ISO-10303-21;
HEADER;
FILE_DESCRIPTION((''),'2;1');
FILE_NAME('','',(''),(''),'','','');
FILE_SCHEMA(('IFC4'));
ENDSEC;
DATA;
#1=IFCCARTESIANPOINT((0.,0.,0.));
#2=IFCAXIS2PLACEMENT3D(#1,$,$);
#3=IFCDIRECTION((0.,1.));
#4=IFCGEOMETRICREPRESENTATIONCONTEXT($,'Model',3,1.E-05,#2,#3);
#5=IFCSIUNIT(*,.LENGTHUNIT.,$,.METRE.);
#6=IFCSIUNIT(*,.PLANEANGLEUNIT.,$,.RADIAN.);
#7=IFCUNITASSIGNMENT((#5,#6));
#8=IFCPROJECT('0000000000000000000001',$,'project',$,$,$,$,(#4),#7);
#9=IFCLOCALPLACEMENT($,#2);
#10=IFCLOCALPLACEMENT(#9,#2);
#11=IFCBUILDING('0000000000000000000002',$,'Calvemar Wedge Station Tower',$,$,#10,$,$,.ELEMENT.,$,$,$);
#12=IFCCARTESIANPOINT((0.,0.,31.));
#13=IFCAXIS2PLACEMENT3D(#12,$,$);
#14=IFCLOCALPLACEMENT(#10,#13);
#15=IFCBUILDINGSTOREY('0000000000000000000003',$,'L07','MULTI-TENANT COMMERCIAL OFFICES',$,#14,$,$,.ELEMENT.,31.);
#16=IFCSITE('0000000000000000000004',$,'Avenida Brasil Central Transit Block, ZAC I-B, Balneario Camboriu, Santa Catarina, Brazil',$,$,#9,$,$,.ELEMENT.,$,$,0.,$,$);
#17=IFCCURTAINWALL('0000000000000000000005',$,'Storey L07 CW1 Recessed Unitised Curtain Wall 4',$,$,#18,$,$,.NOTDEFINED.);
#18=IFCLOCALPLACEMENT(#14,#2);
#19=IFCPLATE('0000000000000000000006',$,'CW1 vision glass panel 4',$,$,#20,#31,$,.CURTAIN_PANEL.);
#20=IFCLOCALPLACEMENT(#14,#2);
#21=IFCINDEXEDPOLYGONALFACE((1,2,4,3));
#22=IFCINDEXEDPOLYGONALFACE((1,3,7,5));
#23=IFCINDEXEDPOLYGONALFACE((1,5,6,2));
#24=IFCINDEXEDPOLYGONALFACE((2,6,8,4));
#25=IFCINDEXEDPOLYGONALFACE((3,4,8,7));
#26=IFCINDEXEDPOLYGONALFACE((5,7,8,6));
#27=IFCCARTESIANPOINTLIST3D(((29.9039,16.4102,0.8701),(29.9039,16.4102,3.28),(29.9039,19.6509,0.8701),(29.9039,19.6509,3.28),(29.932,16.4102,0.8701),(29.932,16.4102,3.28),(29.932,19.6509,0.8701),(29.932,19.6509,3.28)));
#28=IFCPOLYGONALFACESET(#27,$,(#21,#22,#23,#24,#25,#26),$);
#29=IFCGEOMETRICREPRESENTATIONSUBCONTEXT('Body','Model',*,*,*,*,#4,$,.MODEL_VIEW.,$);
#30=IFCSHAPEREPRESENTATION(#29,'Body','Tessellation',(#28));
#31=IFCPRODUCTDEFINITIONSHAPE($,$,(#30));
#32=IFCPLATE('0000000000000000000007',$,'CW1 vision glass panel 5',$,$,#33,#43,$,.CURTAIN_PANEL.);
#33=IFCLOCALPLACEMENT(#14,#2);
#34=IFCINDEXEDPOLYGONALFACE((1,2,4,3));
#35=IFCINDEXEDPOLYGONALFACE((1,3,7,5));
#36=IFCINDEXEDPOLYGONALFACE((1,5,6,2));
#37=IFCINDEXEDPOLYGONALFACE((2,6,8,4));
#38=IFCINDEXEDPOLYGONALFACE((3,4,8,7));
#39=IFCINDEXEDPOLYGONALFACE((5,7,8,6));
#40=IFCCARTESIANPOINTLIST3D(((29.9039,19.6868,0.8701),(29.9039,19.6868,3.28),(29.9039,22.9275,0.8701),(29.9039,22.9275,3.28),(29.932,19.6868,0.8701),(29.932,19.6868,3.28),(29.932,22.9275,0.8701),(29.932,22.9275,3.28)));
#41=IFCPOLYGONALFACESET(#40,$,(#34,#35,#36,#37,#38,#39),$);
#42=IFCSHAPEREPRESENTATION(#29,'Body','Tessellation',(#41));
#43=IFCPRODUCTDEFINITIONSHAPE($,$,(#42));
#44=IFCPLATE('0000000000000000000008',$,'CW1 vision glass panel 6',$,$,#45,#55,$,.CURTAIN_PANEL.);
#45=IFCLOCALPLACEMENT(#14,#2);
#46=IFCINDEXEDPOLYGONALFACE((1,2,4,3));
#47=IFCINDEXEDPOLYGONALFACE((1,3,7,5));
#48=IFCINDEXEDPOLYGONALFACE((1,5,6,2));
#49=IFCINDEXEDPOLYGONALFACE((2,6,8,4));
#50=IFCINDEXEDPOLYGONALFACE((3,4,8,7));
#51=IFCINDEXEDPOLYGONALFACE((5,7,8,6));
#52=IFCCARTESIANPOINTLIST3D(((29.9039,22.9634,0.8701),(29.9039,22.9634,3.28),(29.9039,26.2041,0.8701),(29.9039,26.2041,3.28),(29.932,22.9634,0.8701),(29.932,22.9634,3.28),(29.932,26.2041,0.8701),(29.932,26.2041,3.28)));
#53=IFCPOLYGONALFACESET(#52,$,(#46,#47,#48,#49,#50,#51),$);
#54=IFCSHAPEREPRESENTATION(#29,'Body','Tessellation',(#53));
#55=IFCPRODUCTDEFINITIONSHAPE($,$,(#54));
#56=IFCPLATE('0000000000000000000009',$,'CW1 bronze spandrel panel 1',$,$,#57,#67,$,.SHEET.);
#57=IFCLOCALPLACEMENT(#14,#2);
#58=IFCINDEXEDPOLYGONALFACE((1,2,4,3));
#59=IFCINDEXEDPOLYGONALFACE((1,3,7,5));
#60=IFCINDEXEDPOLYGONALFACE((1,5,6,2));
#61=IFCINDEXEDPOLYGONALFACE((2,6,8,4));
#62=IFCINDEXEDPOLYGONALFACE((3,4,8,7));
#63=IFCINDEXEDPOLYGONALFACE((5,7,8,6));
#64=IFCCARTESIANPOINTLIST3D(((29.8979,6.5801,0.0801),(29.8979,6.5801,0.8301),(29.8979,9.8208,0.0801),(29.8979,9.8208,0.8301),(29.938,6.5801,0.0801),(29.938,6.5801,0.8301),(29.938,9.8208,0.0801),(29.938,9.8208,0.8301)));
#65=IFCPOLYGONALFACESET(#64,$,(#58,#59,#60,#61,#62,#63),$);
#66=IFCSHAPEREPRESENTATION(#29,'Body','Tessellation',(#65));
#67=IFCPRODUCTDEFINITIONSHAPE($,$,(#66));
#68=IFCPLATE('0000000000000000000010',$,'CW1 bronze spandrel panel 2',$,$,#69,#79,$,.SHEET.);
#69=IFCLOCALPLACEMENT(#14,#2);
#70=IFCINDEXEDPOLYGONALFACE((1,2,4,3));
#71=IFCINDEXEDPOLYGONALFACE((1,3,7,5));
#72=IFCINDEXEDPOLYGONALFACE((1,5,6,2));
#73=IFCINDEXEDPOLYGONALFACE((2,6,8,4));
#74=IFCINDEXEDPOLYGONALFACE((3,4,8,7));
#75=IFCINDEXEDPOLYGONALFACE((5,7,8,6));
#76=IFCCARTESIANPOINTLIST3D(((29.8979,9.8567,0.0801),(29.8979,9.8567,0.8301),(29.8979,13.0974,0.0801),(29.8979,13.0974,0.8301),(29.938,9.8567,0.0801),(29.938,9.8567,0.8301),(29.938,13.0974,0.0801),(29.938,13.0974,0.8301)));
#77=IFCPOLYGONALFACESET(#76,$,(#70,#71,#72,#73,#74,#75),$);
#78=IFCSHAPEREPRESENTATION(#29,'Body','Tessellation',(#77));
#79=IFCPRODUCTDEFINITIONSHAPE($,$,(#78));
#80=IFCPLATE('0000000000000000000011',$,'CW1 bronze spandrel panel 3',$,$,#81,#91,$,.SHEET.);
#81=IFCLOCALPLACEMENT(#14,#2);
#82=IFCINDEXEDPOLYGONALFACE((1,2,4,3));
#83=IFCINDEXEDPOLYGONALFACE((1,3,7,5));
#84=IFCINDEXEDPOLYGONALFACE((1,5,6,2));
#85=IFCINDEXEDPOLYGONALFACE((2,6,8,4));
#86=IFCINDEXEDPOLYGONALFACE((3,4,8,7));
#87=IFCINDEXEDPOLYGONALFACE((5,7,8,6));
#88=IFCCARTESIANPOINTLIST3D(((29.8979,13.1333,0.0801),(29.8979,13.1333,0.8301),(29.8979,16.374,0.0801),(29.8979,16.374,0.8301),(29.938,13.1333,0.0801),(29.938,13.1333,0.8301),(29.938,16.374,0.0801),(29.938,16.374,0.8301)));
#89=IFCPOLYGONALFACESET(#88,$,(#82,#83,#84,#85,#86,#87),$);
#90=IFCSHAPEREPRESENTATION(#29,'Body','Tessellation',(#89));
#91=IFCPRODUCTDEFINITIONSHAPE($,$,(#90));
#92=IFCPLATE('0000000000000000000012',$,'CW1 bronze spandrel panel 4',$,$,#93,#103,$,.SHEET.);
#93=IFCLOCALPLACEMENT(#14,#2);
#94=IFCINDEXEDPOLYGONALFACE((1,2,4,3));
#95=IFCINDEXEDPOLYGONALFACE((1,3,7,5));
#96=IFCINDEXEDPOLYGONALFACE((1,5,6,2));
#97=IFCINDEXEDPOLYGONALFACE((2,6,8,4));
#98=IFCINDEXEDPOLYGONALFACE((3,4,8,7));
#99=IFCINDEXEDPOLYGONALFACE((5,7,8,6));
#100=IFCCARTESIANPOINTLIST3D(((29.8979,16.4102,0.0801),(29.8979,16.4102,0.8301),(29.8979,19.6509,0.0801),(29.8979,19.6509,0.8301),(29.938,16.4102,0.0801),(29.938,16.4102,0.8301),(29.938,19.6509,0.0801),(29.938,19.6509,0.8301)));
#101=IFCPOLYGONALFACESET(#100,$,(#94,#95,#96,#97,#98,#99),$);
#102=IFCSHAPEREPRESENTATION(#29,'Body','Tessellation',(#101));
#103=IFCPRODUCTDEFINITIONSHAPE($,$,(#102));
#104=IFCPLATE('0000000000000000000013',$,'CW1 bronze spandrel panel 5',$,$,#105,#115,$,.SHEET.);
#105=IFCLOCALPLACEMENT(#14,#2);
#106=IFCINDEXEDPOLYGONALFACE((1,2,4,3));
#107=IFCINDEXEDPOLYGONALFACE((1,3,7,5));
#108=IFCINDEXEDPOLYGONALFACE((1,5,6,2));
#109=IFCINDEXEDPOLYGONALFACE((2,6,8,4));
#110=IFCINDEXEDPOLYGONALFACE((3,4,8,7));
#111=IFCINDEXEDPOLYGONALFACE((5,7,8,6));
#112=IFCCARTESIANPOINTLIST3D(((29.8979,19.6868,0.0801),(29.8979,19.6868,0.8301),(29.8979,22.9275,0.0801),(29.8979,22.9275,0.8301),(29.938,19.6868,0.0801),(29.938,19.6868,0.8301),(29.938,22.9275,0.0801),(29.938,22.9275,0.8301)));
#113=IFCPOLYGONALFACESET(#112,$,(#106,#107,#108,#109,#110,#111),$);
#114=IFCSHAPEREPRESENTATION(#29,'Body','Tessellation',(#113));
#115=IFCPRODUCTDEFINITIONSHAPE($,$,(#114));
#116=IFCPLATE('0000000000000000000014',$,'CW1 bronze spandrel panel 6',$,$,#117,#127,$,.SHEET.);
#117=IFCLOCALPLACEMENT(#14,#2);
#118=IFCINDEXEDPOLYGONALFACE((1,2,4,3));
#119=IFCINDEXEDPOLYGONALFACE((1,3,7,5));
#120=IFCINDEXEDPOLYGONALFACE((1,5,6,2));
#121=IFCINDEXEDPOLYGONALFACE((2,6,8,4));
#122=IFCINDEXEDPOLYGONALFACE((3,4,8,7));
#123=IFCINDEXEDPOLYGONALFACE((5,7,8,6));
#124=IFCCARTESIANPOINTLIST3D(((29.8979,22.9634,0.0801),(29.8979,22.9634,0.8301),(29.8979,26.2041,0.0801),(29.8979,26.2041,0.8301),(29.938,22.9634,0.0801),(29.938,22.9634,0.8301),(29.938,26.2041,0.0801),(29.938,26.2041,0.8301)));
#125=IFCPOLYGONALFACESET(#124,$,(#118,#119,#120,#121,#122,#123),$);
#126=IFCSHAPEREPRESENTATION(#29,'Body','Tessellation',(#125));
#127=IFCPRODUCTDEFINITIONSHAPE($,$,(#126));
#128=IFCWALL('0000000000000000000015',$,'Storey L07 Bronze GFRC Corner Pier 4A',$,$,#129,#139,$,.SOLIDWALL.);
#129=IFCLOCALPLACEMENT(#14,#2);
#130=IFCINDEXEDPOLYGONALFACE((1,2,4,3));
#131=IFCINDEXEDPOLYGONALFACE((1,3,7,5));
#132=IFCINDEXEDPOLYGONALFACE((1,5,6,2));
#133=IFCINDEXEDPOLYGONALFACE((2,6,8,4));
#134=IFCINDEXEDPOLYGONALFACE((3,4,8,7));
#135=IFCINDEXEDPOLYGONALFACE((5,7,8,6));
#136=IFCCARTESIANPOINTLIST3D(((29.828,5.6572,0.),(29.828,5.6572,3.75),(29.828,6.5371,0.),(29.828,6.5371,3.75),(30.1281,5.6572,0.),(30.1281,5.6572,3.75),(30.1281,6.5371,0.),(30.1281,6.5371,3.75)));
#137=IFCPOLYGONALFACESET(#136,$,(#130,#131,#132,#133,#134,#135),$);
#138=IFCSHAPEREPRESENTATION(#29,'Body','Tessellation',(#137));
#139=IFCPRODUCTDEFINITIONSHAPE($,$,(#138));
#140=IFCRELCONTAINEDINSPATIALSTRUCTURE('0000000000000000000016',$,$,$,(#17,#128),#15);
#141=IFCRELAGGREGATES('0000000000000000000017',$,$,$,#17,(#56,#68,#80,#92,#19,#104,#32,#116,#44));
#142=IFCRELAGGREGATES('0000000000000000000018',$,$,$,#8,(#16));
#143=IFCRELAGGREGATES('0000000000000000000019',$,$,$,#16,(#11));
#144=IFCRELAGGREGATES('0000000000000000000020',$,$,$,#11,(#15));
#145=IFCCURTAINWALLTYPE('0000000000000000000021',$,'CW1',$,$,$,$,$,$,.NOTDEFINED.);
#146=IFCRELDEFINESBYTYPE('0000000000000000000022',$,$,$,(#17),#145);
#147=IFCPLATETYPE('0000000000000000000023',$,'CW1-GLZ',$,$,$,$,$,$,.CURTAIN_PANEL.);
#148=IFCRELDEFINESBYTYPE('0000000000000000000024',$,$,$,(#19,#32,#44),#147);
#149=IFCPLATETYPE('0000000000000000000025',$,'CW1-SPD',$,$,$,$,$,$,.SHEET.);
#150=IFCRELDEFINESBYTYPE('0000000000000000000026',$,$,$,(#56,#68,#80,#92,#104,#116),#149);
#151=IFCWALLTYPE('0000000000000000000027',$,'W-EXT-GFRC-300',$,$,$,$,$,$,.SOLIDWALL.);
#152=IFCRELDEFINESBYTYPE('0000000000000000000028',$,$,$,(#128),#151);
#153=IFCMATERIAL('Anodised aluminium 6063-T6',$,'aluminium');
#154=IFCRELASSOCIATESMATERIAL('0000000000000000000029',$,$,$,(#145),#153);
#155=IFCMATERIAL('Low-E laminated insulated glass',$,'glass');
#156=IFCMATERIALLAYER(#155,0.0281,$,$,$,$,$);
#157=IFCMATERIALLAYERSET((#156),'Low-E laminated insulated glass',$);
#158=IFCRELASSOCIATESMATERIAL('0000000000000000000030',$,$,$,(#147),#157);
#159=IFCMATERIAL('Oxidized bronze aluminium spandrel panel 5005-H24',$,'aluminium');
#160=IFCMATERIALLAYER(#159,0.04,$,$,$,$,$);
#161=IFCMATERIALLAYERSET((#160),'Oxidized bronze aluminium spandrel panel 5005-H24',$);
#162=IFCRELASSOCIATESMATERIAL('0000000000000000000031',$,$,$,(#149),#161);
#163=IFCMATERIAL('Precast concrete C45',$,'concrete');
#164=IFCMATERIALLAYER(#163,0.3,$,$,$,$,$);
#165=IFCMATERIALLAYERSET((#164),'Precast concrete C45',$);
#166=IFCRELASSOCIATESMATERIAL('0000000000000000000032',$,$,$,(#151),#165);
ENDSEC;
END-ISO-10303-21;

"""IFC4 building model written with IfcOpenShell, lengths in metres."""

from ifc_helpers import new_model, si_unit, direction, frame, frame_2d, origin, place, context, subcontext, project, spatial, rectangle, extrude, material, layer, layer_set, type_object, element, aggregate, save


model = new_model("IFC4")

# Units and contexts
model_context = context("Model", 3, precision=1e-05, world=origin(), true_north=direction((0.0, 1.0)))
body_context = subcontext(model_context, "Body", "Model", "MODEL_VIEW")
ifc_project = project(units=[si_unit("LENGTHUNIT", "METRE"), si_unit("PLANEANGLEUNIT", "RADIAN")], contexts=[model_context])

# Site, building, storey
site_placement = place(None, origin())
site = spatial("IfcSite", under=ifc_project, at=site_placement, Name="Avenida Brasil Central Transit Block, ZAC I-B, Balneario Camboriu, Santa Catarina, Brazil", CompositionType="ELEMENT", RefElevation=0.0)
building_placement = place(site_placement, origin())
building = spatial("IfcBuilding", under=site, at=building_placement, Name="Calvemar Wedge Station Tower", CompositionType="ELEMENT")
storey_placement = place(building_placement, frame((0.0, 0.0, 31.0)))
storey = spatial("IfcBuildingStorey", under=building, at=storey_placement, Name="L07", Description="MULTI-TENANT COMMERCIAL OFFICES", CompositionType="ELEMENT", Elevation=31.0)

# Curtain wall, plates
ifc_material_1 = material(Name="Anodised aluminium 6063-T6", Category="aluminium")
curtain_wall_type = type_object("IfcCurtainWallType", Name="CW1", PredefinedType="NOTDEFINED", material=ifc_material_1)
curtain_wall_placement = place(storey_placement, origin())
curtain_wall = element("IfcCurtainWall", 1, at=curtain_wall_placement, inside=storey, type_object=curtain_wall_type, Name="Storey L07 CW1 Recessed Unitised Curtain Wall 4", PredefinedType="NOTDEFINED")
ifc_material_2 = material(Name="Low-E laminated insulated glass", Category="glass")
ifc_layer_1 = layer(ifc_material_2, 0.0281)
ifc_layer_set_1 = layer_set([ifc_layer_1], Name="Low-E laminated insulated glass")
plate_type_1 = type_object("IfcPlateType", Name="CW1-GLZ", PredefinedType="CURTAIN_PANEL", material=ifc_layer_set_1)
plate_1_placement = place(storey_placement, frame((29.918, 16.4102, 0.8701), z_axis=(0.0, 0.0, 1.0), x_axis=(0.0, 1.0, 0.0)))
plate_1 = element("IfcPlate", 2, at=plate_1_placement, type_object=plate_type_1, Name="CW1 vision glass panel 4", PredefinedType="CURTAIN_PANEL", context=body_context, shape_type="SweptSolid", body=[
    extrude(rectangle(XDim=3.2407, YDim=0.0281, at=frame_2d((1.6204, 0.0))), origin(), (0.0, 0.0, 1.0), 2.4099),
])
plate_2_placement = place(storey_placement, frame((29.918, 19.6868, 0.8701), z_axis=(0.0, 0.0, 1.0), x_axis=(0.0, 1.0, 0.0)))
plate_2 = element("IfcPlate", 3, at=plate_2_placement, type_object=plate_type_1, Name="CW1 vision glass panel 5", PredefinedType="CURTAIN_PANEL", context=body_context, shape_type="SweptSolid", body=[
    extrude(rectangle(XDim=3.2407, YDim=0.0281, at=frame_2d((1.6204, 0.0))), origin(), (0.0, 0.0, 1.0), 2.4099),
])
plate_3_placement = place(storey_placement, frame((29.918, 22.9634, 0.8701), z_axis=(0.0, 0.0, 1.0), x_axis=(0.0, 1.0, 0.0)))
plate_3 = element("IfcPlate", 4, at=plate_3_placement, type_object=plate_type_1, Name="CW1 vision glass panel 6", PredefinedType="CURTAIN_PANEL", context=body_context, shape_type="SweptSolid", body=[
    extrude(rectangle(XDim=3.2407, YDim=0.0281, at=frame_2d((1.6204, 0.0))), origin(), (0.0, 0.0, 1.0), 2.4099),
])
ifc_material_3 = material(Name="Oxidized bronze aluminium spandrel panel 5005-H24", Category="aluminium")
ifc_layer_2 = layer(ifc_material_3, 0.04)
ifc_layer_set_2 = layer_set([ifc_layer_2], Name="Oxidized bronze aluminium spandrel panel 5005-H24")
plate_type_2 = type_object("IfcPlateType", Name="CW1-SPD", PredefinedType="SHEET", material=ifc_layer_set_2)
plate_4_placement = place(storey_placement, frame((29.918, 6.5801, 0.0801), z_axis=(0.0, 0.0, 1.0), x_axis=(0.0, 1.0, 0.0)))
plate_4 = element("IfcPlate", 5, at=plate_4_placement, type_object=plate_type_2, Name="CW1 bronze spandrel panel 1", PredefinedType="SHEET", context=body_context, shape_type="SweptSolid", body=[
    extrude(rectangle(XDim=3.2407, YDim=0.04, at=frame_2d((1.6204, 0.0))), origin(), (0.0, 0.0, 1.0), 0.75),
])
plate_5_placement = place(storey_placement, frame((29.918, 9.8567, 0.0801), z_axis=(0.0, 0.0, 1.0), x_axis=(0.0, 1.0, 0.0)))
plate_5 = element("IfcPlate", 6, at=plate_5_placement, type_object=plate_type_2, Name="CW1 bronze spandrel panel 2", PredefinedType="SHEET", context=body_context, shape_type="SweptSolid", body=[
    extrude(rectangle(XDim=3.2407, YDim=0.04, at=frame_2d((1.6204, 0.0))), origin(), (0.0, 0.0, 1.0), 0.75),
])
plate_6_placement = place(storey_placement, frame((29.918, 13.1333, 0.0801), z_axis=(0.0, 0.0, 1.0), x_axis=(0.0, 1.0, 0.0)))
plate_6 = element("IfcPlate", 7, at=plate_6_placement, type_object=plate_type_2, Name="CW1 bronze spandrel panel 3", PredefinedType="SHEET", context=body_context, shape_type="SweptSolid", body=[
    extrude(rectangle(XDim=3.2407, YDim=0.04, at=frame_2d((1.6204, 0.0))), origin(), (0.0, 0.0, 1.0), 0.75),
])
plate_7_placement = place(storey_placement, frame((29.918, 16.4102, 0.0801), z_axis=(0.0, 0.0, 1.0), x_axis=(0.0, 1.0, 0.0)))
plate_7 = element("IfcPlate", 8, at=plate_7_placement, type_object=plate_type_2, Name="CW1 bronze spandrel panel 4", PredefinedType="SHEET", context=body_context, shape_type="SweptSolid", body=[
    extrude(rectangle(XDim=3.2407, YDim=0.04, at=frame_2d((1.6204, 0.0))), origin(), (0.0, 0.0, 1.0), 0.75),
])
plate_8_placement = place(storey_placement, frame((29.918, 19.6868, 0.0801), z_axis=(0.0, 0.0, 1.0), x_axis=(0.0, 1.0, 0.0)))
plate_8 = element("IfcPlate", 9, at=plate_8_placement, type_object=plate_type_2, Name="CW1 bronze spandrel panel 5", PredefinedType="SHEET", context=body_context, shape_type="SweptSolid", body=[
    extrude(rectangle(XDim=3.2407, YDim=0.04, at=frame_2d((1.6204, 0.0))), origin(), (0.0, 0.0, 1.0), 0.75),
])
plate_9_placement = place(storey_placement, frame((29.918, 22.9634, 0.0801), z_axis=(0.0, 0.0, 1.0), x_axis=(0.0, 1.0, 0.0)))
plate_9 = element("IfcPlate", 10, at=plate_9_placement, type_object=plate_type_2, Name="CW1 bronze spandrel panel 6", PredefinedType="SHEET", context=body_context, shape_type="SweptSolid", body=[
    extrude(rectangle(XDim=3.2407, YDim=0.04, at=frame_2d((1.6204, 0.0))), origin(), (0.0, 0.0, 1.0), 0.75),
])
aggregate(curtain_wall, [plate_4, plate_5, plate_6, plate_7, plate_1, plate_8, plate_2, plate_9, plate_3])

# Wall
ifc_material_4 = material(Name="Precast concrete C45", Category="concrete")
ifc_layer_3 = layer(ifc_material_4, 0.3)
ifc_layer_set_3 = layer_set([ifc_layer_3], Name="Precast concrete C45")
wall_type = type_object("IfcWallType", Name="W-EXT-GFRC-300", PredefinedType="SOLIDWALL", material=ifc_layer_set_3)
wall_placement = place(storey_placement, frame((29.978, 5.6572, 0.0), z_axis=(0.0, 0.0, 1.0), x_axis=(0.0, 1.0, 0.0)))
element("IfcWall", 11, at=wall_placement, inside=storey, type_object=wall_type, Name="Storey L07 Bronze GFRC Corner Pier 4A", PredefinedType="SOLIDWALL", context=body_context, shape_type="SweptSolid", body=[
    extrude(rectangle(XDim=0.8799, YDim=0.3, at=frame_2d((0.4399, 0.0))), origin(), (0.0, 0.0, 1.0), 3.75),
])

save(model, "model.ifc")
